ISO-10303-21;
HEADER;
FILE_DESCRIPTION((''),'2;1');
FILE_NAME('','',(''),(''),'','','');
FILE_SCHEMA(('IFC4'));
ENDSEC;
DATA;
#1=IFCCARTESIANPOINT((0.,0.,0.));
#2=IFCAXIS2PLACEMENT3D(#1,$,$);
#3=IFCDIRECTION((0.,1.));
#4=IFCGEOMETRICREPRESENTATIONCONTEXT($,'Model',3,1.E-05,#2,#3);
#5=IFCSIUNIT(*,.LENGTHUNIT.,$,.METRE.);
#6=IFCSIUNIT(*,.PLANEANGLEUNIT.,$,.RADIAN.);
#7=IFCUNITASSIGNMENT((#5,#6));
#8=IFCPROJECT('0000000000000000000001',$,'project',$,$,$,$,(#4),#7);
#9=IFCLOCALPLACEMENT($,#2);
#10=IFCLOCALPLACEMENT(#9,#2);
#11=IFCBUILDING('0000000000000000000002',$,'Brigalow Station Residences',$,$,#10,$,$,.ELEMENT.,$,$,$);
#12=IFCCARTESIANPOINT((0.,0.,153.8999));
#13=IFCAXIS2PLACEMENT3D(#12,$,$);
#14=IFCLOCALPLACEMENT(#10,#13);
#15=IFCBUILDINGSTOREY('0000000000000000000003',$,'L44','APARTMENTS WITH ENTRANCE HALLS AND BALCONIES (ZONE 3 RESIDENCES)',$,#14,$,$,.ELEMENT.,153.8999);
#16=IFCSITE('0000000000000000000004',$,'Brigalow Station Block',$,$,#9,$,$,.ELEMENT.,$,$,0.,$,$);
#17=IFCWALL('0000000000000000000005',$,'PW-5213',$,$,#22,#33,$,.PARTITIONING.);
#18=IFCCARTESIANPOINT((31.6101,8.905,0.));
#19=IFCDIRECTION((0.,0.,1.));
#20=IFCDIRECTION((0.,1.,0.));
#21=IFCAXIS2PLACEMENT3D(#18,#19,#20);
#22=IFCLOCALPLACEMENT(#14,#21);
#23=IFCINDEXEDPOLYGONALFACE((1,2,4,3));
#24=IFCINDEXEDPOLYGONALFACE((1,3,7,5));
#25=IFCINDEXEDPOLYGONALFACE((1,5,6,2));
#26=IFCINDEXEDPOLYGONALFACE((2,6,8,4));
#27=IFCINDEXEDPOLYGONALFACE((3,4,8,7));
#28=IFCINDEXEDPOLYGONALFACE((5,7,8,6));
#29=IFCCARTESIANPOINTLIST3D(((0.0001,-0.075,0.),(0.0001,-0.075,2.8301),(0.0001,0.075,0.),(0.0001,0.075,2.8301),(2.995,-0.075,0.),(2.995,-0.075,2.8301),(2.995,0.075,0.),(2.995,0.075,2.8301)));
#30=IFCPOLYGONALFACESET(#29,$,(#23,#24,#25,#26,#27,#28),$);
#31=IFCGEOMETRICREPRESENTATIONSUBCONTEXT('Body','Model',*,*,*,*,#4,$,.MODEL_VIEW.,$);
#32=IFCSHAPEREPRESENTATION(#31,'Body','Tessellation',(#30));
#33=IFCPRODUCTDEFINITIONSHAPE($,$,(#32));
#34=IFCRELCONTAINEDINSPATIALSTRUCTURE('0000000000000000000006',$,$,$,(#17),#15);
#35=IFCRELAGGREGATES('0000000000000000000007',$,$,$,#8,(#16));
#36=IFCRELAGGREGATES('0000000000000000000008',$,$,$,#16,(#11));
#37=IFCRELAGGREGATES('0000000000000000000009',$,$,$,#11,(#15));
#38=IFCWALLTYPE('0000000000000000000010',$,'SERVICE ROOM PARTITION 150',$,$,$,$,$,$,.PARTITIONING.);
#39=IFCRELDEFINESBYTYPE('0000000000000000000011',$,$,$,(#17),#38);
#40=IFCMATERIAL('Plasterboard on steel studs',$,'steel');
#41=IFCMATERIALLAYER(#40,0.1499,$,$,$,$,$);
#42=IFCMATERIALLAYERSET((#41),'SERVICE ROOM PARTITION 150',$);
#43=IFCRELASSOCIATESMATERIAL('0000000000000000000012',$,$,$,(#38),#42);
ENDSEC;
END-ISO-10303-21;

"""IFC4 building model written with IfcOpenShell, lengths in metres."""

from ifc_helpers import new_model, si_unit, direction, frame, frame_2d, origin, place, context, subcontext, project, spatial, rectangle, extrude, material, layer, layer_set, type_object, element, save


model = new_model("IFC4")

# Units and contexts
model_context = context("Model", 3, precision=1e-05, world=origin(), true_north=direction((0.0, 1.0)))
body_context = subcontext(model_context, "Body", "Model", "MODEL_VIEW")
ifc_project = project(units=[si_unit("LENGTHUNIT", "METRE"), si_unit("PLANEANGLEUNIT", "RADIAN")], contexts=[model_context])

# Site, building, storey
site_placement = place(None, origin())
site = spatial("IfcSite", under=ifc_project, at=site_placement, Name="Brigalow Station Block", CompositionType="ELEMENT", RefElevation=0.0)
building_placement = place(site_placement, origin())
building = spatial("IfcBuilding", under=site, at=building_placement, Name="Brigalow Station Residences", CompositionType="ELEMENT")
storey_placement = place(building_placement, frame((0.0, 0.0, 153.8999)))
storey = spatial("IfcBuildingStorey", under=building, at=storey_placement, Name="L44", Description="APARTMENTS WITH ENTRANCE HALLS AND BALCONIES (ZONE 3 RESIDENCES)", CompositionType="ELEMENT", Elevation=153.8999)

# Shared definitions
ifc_material_1 = material(Name="Plasterboard on steel studs", Category="steel")
ifc_layer_1 = layer(ifc_material_1, 0.1499)
ifc_layer_set_1 = layer_set([ifc_layer_1], Name="SERVICE ROOM PARTITION 150")
wall_type_1 = type_object("IfcWallType", Name="SERVICE ROOM PARTITION 150", PredefinedType="PARTITIONING", material=ifc_layer_set_1)

# Wall
wall_1_placement = place(storey_placement, frame((31.6101, 8.905, 0.0), z_axis=(0.0, 0.0, 1.0), x_axis=(0.0, 1.0, 0.0)))
element("IfcWall", 1, at=wall_1_placement, inside=storey, type_object=wall_type_1, Name="PW-5213", PredefinedType="PARTITIONING", context=body_context, shape_type="SweptSolid", body=[
    extrude(rectangle(XDim=2.9949, YDim=0.1499, at=frame_2d((1.4976, 0.0))), origin(), (0.0, 0.0, 1.0), 2.8301),
])

save(model, "model.ifc")
